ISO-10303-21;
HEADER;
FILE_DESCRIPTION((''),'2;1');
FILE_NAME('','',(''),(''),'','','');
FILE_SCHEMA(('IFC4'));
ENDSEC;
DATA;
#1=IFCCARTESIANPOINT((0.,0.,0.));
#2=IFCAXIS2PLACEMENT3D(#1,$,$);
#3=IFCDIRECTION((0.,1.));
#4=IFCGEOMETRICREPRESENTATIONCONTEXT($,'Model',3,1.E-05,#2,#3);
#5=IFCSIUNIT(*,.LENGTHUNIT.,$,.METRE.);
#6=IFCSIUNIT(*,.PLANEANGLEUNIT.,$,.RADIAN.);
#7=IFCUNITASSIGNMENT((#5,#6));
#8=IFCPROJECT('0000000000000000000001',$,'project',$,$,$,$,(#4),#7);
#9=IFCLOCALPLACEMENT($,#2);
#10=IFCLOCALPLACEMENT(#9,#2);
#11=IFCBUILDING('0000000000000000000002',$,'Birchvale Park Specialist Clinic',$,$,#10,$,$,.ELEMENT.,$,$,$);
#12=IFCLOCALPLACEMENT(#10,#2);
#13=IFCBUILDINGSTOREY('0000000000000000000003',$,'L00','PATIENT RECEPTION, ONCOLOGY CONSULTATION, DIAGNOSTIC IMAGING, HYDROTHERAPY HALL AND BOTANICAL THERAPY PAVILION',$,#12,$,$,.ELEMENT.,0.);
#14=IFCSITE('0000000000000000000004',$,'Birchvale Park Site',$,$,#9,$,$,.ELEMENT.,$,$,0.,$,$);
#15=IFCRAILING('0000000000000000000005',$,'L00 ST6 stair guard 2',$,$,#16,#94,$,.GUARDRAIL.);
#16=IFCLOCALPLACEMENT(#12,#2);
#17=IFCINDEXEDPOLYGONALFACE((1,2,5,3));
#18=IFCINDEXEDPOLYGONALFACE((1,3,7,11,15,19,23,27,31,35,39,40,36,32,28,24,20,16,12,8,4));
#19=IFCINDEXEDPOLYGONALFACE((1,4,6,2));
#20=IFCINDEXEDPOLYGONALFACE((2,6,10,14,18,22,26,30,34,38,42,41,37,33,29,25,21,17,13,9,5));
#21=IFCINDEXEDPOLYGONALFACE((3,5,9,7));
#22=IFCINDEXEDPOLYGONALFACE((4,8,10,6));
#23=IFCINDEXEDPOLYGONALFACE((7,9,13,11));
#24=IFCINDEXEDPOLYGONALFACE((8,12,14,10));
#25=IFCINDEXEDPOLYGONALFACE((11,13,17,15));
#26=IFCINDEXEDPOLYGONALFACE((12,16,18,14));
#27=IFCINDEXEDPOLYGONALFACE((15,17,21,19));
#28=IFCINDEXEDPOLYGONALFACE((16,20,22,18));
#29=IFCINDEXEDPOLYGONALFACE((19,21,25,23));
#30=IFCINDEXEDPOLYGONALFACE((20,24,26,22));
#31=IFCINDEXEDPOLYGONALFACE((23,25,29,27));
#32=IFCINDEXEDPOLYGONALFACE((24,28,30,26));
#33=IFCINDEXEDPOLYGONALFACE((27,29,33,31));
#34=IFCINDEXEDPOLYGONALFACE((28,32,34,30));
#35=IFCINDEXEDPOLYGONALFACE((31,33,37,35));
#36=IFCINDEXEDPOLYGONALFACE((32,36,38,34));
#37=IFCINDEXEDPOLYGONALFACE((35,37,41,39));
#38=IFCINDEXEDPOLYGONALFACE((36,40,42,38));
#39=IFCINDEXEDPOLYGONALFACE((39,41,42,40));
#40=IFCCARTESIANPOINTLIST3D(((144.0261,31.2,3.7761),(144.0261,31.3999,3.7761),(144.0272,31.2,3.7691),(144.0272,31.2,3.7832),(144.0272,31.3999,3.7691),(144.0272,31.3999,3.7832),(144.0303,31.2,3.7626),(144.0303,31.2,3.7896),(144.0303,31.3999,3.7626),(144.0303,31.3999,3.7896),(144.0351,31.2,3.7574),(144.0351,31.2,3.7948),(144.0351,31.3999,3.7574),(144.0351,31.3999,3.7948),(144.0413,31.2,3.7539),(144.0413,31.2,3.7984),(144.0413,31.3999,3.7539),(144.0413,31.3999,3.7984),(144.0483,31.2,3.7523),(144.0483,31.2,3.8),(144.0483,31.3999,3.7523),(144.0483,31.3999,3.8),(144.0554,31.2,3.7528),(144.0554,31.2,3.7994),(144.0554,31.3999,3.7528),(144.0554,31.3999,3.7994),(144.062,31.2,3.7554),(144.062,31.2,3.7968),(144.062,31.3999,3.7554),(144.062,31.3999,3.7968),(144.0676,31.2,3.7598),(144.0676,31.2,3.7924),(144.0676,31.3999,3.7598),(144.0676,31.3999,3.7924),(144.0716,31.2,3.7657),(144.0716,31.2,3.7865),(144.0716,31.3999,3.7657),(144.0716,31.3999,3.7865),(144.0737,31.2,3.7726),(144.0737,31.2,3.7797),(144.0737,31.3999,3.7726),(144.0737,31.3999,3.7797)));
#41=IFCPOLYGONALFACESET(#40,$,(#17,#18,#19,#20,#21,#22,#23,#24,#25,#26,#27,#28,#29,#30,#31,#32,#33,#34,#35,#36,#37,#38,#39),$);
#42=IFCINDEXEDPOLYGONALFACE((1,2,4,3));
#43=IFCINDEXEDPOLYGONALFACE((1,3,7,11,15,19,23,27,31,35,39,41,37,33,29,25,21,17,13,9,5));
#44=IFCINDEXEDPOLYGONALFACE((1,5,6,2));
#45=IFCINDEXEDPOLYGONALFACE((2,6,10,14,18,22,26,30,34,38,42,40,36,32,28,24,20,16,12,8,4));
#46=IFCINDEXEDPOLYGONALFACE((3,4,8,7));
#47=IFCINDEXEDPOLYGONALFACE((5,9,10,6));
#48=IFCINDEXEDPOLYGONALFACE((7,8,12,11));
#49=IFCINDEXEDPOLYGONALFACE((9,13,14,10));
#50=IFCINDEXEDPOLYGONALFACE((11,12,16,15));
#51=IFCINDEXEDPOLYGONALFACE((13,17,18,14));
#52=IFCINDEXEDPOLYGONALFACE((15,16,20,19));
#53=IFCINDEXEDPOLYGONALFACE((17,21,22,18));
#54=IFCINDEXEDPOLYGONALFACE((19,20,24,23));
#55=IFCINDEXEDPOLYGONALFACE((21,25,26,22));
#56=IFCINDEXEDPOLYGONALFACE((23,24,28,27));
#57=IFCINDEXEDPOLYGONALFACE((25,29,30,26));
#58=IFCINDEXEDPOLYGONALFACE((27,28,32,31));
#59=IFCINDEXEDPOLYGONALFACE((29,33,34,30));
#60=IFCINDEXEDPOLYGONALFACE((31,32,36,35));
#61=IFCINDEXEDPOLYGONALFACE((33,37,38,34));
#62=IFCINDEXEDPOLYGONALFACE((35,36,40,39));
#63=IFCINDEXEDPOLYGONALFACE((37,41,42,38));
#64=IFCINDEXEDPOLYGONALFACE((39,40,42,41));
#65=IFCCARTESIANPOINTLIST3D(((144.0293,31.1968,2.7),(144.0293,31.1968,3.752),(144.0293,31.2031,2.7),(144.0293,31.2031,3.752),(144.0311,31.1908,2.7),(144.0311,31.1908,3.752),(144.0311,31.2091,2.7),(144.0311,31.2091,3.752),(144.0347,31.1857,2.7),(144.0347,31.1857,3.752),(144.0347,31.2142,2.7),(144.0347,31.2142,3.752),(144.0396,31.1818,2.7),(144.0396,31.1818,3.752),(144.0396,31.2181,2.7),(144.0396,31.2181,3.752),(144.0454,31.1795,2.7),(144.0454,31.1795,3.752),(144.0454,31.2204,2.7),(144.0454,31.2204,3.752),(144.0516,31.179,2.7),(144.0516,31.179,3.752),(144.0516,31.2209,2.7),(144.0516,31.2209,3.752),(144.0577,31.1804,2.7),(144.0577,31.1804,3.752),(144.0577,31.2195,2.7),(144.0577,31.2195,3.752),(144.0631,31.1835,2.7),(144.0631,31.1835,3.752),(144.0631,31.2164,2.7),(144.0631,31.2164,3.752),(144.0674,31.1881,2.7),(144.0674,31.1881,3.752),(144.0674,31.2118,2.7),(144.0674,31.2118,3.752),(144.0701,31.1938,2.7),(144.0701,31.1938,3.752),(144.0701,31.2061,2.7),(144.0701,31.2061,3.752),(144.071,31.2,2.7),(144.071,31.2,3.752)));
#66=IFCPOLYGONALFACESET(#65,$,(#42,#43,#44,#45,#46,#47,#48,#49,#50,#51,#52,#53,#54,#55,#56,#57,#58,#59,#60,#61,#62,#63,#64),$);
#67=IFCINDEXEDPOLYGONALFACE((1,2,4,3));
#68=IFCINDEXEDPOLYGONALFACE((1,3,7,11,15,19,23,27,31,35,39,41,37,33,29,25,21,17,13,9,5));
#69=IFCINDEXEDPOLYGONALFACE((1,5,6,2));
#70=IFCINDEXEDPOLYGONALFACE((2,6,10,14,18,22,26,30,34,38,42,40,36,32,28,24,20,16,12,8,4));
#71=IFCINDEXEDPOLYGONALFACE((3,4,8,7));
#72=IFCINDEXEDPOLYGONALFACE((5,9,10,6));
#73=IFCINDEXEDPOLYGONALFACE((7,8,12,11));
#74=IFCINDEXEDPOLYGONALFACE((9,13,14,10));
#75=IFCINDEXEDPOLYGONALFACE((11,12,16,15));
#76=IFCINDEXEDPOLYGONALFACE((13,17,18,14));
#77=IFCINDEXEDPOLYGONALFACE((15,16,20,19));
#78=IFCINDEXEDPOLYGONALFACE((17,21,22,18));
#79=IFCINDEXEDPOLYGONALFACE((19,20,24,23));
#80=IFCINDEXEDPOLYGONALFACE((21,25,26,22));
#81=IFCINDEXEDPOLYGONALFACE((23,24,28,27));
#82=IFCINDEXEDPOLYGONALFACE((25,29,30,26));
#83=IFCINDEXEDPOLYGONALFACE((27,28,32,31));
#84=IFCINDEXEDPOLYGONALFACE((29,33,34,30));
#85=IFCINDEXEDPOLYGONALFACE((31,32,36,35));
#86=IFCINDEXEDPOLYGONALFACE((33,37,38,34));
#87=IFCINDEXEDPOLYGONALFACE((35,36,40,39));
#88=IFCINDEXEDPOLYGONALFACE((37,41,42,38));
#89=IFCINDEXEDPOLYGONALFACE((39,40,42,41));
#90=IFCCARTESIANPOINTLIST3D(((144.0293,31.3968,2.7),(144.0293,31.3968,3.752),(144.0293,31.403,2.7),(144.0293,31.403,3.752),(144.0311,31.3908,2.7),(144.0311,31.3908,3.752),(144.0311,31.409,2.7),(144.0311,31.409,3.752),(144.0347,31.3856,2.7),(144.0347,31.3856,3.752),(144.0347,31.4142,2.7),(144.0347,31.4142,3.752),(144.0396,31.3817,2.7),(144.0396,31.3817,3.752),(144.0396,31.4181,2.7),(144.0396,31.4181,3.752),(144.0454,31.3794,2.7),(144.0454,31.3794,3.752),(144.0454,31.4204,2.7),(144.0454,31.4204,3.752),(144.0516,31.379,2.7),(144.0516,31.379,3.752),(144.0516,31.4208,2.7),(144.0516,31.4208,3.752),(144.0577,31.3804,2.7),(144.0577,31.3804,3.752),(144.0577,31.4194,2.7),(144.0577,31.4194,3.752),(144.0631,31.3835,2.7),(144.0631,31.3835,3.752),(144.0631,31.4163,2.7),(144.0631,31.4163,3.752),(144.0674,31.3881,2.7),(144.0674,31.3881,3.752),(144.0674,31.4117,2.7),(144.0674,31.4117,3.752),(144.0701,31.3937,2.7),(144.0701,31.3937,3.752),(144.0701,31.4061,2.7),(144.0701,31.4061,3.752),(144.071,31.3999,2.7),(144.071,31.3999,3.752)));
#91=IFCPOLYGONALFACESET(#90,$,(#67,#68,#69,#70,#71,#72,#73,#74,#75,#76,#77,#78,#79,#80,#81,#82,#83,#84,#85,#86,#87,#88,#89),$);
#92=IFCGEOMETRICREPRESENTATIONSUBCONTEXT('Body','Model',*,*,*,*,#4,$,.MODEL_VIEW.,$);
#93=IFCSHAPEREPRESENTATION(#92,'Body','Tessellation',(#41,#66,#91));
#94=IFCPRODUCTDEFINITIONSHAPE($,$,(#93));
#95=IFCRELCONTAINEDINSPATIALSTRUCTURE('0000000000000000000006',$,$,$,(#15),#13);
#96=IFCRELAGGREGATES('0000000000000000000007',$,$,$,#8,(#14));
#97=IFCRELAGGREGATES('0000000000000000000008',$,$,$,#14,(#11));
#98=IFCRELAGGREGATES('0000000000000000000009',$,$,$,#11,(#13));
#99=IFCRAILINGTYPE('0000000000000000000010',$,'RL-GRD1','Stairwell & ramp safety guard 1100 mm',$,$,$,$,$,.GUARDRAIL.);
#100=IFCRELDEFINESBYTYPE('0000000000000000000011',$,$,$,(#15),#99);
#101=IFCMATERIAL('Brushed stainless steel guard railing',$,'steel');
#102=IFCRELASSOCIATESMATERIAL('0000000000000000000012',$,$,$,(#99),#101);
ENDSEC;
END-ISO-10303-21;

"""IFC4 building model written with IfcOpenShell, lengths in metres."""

from ifc_helpers import new_model, si_unit, direction, frame, origin, origin_2d, place, context, subcontext, project, spatial, circle, extrude, material, type_object, element, save


model = new_model("IFC4")

# Units and contexts
model_context = context("Model", 3, precision=1e-05, world=origin(), true_north=direction((0.0, 1.0)))
body_context = subcontext(model_context, "Body", "Model", "MODEL_VIEW")
ifc_project = project(units=[si_unit("LENGTHUNIT", "METRE"), si_unit("PLANEANGLEUNIT", "RADIAN")], contexts=[model_context])

# Site, building, storey
site_placement = place(None, origin())
site = spatial("IfcSite", under=ifc_project, at=site_placement, Name="Birchvale Park Site", CompositionType="ELEMENT", RefElevation=0.0)
building_placement = place(site_placement, origin())
building = spatial("IfcBuilding", under=site, at=building_placement, Name="Birchvale Park Specialist Clinic", CompositionType="ELEMENT")
storey_placement = place(building_placement, origin())
storey = spatial("IfcBuildingStorey", under=building, at=storey_placement, Name="L00", Description="PATIENT RECEPTION, ONCOLOGY CONSULTATION, DIAGNOSTIC IMAGING, HYDROTHERAPY HALL AND BOTANICAL THERAPY PAVILION", CompositionType="ELEMENT", Elevation=0.0)

# Railing
ifc_material_1 = material(Name="Brushed stainless steel guard railing", Category="steel")
railing_type_1 = type_object("IfcRailingType", Name="RL-GRD1", Description="Stairwell & ramp safety guard 1100 mm", PredefinedType="GUARDRAIL", material=ifc_material_1)
railing_1_placement = place(storey_placement, frame((144.05, 31.2, 2.7)))
element("IfcRailing", 1, at=railing_1_placement, inside=storey, type_object=railing_type_1, Name="L00 ST6 stair guard 2", PredefinedType="GUARDRAIL", context=body_context, shape_type="SweptSolid", body=[
    extrude(circle(Radius=0.0239, at=origin_2d()), frame((0.0, 0.0, 1.0762), z_axis=(0.0, 1.0, 0.0), x_axis=(-1.0, 0.0, 0.0)), (0.0, 0.0, 1.0), 0.2),
    extrude(circle(Radius=0.021, at=origin_2d()), origin(), (0.0, 0.0, 1.0), 1.052),
    extrude(circle(Radius=0.021, at=origin_2d()), frame((0.0, 0.2, 0.0)), (0.0, 0.0, 1.0), 1.052),
])

save(model, "model.ifc")
